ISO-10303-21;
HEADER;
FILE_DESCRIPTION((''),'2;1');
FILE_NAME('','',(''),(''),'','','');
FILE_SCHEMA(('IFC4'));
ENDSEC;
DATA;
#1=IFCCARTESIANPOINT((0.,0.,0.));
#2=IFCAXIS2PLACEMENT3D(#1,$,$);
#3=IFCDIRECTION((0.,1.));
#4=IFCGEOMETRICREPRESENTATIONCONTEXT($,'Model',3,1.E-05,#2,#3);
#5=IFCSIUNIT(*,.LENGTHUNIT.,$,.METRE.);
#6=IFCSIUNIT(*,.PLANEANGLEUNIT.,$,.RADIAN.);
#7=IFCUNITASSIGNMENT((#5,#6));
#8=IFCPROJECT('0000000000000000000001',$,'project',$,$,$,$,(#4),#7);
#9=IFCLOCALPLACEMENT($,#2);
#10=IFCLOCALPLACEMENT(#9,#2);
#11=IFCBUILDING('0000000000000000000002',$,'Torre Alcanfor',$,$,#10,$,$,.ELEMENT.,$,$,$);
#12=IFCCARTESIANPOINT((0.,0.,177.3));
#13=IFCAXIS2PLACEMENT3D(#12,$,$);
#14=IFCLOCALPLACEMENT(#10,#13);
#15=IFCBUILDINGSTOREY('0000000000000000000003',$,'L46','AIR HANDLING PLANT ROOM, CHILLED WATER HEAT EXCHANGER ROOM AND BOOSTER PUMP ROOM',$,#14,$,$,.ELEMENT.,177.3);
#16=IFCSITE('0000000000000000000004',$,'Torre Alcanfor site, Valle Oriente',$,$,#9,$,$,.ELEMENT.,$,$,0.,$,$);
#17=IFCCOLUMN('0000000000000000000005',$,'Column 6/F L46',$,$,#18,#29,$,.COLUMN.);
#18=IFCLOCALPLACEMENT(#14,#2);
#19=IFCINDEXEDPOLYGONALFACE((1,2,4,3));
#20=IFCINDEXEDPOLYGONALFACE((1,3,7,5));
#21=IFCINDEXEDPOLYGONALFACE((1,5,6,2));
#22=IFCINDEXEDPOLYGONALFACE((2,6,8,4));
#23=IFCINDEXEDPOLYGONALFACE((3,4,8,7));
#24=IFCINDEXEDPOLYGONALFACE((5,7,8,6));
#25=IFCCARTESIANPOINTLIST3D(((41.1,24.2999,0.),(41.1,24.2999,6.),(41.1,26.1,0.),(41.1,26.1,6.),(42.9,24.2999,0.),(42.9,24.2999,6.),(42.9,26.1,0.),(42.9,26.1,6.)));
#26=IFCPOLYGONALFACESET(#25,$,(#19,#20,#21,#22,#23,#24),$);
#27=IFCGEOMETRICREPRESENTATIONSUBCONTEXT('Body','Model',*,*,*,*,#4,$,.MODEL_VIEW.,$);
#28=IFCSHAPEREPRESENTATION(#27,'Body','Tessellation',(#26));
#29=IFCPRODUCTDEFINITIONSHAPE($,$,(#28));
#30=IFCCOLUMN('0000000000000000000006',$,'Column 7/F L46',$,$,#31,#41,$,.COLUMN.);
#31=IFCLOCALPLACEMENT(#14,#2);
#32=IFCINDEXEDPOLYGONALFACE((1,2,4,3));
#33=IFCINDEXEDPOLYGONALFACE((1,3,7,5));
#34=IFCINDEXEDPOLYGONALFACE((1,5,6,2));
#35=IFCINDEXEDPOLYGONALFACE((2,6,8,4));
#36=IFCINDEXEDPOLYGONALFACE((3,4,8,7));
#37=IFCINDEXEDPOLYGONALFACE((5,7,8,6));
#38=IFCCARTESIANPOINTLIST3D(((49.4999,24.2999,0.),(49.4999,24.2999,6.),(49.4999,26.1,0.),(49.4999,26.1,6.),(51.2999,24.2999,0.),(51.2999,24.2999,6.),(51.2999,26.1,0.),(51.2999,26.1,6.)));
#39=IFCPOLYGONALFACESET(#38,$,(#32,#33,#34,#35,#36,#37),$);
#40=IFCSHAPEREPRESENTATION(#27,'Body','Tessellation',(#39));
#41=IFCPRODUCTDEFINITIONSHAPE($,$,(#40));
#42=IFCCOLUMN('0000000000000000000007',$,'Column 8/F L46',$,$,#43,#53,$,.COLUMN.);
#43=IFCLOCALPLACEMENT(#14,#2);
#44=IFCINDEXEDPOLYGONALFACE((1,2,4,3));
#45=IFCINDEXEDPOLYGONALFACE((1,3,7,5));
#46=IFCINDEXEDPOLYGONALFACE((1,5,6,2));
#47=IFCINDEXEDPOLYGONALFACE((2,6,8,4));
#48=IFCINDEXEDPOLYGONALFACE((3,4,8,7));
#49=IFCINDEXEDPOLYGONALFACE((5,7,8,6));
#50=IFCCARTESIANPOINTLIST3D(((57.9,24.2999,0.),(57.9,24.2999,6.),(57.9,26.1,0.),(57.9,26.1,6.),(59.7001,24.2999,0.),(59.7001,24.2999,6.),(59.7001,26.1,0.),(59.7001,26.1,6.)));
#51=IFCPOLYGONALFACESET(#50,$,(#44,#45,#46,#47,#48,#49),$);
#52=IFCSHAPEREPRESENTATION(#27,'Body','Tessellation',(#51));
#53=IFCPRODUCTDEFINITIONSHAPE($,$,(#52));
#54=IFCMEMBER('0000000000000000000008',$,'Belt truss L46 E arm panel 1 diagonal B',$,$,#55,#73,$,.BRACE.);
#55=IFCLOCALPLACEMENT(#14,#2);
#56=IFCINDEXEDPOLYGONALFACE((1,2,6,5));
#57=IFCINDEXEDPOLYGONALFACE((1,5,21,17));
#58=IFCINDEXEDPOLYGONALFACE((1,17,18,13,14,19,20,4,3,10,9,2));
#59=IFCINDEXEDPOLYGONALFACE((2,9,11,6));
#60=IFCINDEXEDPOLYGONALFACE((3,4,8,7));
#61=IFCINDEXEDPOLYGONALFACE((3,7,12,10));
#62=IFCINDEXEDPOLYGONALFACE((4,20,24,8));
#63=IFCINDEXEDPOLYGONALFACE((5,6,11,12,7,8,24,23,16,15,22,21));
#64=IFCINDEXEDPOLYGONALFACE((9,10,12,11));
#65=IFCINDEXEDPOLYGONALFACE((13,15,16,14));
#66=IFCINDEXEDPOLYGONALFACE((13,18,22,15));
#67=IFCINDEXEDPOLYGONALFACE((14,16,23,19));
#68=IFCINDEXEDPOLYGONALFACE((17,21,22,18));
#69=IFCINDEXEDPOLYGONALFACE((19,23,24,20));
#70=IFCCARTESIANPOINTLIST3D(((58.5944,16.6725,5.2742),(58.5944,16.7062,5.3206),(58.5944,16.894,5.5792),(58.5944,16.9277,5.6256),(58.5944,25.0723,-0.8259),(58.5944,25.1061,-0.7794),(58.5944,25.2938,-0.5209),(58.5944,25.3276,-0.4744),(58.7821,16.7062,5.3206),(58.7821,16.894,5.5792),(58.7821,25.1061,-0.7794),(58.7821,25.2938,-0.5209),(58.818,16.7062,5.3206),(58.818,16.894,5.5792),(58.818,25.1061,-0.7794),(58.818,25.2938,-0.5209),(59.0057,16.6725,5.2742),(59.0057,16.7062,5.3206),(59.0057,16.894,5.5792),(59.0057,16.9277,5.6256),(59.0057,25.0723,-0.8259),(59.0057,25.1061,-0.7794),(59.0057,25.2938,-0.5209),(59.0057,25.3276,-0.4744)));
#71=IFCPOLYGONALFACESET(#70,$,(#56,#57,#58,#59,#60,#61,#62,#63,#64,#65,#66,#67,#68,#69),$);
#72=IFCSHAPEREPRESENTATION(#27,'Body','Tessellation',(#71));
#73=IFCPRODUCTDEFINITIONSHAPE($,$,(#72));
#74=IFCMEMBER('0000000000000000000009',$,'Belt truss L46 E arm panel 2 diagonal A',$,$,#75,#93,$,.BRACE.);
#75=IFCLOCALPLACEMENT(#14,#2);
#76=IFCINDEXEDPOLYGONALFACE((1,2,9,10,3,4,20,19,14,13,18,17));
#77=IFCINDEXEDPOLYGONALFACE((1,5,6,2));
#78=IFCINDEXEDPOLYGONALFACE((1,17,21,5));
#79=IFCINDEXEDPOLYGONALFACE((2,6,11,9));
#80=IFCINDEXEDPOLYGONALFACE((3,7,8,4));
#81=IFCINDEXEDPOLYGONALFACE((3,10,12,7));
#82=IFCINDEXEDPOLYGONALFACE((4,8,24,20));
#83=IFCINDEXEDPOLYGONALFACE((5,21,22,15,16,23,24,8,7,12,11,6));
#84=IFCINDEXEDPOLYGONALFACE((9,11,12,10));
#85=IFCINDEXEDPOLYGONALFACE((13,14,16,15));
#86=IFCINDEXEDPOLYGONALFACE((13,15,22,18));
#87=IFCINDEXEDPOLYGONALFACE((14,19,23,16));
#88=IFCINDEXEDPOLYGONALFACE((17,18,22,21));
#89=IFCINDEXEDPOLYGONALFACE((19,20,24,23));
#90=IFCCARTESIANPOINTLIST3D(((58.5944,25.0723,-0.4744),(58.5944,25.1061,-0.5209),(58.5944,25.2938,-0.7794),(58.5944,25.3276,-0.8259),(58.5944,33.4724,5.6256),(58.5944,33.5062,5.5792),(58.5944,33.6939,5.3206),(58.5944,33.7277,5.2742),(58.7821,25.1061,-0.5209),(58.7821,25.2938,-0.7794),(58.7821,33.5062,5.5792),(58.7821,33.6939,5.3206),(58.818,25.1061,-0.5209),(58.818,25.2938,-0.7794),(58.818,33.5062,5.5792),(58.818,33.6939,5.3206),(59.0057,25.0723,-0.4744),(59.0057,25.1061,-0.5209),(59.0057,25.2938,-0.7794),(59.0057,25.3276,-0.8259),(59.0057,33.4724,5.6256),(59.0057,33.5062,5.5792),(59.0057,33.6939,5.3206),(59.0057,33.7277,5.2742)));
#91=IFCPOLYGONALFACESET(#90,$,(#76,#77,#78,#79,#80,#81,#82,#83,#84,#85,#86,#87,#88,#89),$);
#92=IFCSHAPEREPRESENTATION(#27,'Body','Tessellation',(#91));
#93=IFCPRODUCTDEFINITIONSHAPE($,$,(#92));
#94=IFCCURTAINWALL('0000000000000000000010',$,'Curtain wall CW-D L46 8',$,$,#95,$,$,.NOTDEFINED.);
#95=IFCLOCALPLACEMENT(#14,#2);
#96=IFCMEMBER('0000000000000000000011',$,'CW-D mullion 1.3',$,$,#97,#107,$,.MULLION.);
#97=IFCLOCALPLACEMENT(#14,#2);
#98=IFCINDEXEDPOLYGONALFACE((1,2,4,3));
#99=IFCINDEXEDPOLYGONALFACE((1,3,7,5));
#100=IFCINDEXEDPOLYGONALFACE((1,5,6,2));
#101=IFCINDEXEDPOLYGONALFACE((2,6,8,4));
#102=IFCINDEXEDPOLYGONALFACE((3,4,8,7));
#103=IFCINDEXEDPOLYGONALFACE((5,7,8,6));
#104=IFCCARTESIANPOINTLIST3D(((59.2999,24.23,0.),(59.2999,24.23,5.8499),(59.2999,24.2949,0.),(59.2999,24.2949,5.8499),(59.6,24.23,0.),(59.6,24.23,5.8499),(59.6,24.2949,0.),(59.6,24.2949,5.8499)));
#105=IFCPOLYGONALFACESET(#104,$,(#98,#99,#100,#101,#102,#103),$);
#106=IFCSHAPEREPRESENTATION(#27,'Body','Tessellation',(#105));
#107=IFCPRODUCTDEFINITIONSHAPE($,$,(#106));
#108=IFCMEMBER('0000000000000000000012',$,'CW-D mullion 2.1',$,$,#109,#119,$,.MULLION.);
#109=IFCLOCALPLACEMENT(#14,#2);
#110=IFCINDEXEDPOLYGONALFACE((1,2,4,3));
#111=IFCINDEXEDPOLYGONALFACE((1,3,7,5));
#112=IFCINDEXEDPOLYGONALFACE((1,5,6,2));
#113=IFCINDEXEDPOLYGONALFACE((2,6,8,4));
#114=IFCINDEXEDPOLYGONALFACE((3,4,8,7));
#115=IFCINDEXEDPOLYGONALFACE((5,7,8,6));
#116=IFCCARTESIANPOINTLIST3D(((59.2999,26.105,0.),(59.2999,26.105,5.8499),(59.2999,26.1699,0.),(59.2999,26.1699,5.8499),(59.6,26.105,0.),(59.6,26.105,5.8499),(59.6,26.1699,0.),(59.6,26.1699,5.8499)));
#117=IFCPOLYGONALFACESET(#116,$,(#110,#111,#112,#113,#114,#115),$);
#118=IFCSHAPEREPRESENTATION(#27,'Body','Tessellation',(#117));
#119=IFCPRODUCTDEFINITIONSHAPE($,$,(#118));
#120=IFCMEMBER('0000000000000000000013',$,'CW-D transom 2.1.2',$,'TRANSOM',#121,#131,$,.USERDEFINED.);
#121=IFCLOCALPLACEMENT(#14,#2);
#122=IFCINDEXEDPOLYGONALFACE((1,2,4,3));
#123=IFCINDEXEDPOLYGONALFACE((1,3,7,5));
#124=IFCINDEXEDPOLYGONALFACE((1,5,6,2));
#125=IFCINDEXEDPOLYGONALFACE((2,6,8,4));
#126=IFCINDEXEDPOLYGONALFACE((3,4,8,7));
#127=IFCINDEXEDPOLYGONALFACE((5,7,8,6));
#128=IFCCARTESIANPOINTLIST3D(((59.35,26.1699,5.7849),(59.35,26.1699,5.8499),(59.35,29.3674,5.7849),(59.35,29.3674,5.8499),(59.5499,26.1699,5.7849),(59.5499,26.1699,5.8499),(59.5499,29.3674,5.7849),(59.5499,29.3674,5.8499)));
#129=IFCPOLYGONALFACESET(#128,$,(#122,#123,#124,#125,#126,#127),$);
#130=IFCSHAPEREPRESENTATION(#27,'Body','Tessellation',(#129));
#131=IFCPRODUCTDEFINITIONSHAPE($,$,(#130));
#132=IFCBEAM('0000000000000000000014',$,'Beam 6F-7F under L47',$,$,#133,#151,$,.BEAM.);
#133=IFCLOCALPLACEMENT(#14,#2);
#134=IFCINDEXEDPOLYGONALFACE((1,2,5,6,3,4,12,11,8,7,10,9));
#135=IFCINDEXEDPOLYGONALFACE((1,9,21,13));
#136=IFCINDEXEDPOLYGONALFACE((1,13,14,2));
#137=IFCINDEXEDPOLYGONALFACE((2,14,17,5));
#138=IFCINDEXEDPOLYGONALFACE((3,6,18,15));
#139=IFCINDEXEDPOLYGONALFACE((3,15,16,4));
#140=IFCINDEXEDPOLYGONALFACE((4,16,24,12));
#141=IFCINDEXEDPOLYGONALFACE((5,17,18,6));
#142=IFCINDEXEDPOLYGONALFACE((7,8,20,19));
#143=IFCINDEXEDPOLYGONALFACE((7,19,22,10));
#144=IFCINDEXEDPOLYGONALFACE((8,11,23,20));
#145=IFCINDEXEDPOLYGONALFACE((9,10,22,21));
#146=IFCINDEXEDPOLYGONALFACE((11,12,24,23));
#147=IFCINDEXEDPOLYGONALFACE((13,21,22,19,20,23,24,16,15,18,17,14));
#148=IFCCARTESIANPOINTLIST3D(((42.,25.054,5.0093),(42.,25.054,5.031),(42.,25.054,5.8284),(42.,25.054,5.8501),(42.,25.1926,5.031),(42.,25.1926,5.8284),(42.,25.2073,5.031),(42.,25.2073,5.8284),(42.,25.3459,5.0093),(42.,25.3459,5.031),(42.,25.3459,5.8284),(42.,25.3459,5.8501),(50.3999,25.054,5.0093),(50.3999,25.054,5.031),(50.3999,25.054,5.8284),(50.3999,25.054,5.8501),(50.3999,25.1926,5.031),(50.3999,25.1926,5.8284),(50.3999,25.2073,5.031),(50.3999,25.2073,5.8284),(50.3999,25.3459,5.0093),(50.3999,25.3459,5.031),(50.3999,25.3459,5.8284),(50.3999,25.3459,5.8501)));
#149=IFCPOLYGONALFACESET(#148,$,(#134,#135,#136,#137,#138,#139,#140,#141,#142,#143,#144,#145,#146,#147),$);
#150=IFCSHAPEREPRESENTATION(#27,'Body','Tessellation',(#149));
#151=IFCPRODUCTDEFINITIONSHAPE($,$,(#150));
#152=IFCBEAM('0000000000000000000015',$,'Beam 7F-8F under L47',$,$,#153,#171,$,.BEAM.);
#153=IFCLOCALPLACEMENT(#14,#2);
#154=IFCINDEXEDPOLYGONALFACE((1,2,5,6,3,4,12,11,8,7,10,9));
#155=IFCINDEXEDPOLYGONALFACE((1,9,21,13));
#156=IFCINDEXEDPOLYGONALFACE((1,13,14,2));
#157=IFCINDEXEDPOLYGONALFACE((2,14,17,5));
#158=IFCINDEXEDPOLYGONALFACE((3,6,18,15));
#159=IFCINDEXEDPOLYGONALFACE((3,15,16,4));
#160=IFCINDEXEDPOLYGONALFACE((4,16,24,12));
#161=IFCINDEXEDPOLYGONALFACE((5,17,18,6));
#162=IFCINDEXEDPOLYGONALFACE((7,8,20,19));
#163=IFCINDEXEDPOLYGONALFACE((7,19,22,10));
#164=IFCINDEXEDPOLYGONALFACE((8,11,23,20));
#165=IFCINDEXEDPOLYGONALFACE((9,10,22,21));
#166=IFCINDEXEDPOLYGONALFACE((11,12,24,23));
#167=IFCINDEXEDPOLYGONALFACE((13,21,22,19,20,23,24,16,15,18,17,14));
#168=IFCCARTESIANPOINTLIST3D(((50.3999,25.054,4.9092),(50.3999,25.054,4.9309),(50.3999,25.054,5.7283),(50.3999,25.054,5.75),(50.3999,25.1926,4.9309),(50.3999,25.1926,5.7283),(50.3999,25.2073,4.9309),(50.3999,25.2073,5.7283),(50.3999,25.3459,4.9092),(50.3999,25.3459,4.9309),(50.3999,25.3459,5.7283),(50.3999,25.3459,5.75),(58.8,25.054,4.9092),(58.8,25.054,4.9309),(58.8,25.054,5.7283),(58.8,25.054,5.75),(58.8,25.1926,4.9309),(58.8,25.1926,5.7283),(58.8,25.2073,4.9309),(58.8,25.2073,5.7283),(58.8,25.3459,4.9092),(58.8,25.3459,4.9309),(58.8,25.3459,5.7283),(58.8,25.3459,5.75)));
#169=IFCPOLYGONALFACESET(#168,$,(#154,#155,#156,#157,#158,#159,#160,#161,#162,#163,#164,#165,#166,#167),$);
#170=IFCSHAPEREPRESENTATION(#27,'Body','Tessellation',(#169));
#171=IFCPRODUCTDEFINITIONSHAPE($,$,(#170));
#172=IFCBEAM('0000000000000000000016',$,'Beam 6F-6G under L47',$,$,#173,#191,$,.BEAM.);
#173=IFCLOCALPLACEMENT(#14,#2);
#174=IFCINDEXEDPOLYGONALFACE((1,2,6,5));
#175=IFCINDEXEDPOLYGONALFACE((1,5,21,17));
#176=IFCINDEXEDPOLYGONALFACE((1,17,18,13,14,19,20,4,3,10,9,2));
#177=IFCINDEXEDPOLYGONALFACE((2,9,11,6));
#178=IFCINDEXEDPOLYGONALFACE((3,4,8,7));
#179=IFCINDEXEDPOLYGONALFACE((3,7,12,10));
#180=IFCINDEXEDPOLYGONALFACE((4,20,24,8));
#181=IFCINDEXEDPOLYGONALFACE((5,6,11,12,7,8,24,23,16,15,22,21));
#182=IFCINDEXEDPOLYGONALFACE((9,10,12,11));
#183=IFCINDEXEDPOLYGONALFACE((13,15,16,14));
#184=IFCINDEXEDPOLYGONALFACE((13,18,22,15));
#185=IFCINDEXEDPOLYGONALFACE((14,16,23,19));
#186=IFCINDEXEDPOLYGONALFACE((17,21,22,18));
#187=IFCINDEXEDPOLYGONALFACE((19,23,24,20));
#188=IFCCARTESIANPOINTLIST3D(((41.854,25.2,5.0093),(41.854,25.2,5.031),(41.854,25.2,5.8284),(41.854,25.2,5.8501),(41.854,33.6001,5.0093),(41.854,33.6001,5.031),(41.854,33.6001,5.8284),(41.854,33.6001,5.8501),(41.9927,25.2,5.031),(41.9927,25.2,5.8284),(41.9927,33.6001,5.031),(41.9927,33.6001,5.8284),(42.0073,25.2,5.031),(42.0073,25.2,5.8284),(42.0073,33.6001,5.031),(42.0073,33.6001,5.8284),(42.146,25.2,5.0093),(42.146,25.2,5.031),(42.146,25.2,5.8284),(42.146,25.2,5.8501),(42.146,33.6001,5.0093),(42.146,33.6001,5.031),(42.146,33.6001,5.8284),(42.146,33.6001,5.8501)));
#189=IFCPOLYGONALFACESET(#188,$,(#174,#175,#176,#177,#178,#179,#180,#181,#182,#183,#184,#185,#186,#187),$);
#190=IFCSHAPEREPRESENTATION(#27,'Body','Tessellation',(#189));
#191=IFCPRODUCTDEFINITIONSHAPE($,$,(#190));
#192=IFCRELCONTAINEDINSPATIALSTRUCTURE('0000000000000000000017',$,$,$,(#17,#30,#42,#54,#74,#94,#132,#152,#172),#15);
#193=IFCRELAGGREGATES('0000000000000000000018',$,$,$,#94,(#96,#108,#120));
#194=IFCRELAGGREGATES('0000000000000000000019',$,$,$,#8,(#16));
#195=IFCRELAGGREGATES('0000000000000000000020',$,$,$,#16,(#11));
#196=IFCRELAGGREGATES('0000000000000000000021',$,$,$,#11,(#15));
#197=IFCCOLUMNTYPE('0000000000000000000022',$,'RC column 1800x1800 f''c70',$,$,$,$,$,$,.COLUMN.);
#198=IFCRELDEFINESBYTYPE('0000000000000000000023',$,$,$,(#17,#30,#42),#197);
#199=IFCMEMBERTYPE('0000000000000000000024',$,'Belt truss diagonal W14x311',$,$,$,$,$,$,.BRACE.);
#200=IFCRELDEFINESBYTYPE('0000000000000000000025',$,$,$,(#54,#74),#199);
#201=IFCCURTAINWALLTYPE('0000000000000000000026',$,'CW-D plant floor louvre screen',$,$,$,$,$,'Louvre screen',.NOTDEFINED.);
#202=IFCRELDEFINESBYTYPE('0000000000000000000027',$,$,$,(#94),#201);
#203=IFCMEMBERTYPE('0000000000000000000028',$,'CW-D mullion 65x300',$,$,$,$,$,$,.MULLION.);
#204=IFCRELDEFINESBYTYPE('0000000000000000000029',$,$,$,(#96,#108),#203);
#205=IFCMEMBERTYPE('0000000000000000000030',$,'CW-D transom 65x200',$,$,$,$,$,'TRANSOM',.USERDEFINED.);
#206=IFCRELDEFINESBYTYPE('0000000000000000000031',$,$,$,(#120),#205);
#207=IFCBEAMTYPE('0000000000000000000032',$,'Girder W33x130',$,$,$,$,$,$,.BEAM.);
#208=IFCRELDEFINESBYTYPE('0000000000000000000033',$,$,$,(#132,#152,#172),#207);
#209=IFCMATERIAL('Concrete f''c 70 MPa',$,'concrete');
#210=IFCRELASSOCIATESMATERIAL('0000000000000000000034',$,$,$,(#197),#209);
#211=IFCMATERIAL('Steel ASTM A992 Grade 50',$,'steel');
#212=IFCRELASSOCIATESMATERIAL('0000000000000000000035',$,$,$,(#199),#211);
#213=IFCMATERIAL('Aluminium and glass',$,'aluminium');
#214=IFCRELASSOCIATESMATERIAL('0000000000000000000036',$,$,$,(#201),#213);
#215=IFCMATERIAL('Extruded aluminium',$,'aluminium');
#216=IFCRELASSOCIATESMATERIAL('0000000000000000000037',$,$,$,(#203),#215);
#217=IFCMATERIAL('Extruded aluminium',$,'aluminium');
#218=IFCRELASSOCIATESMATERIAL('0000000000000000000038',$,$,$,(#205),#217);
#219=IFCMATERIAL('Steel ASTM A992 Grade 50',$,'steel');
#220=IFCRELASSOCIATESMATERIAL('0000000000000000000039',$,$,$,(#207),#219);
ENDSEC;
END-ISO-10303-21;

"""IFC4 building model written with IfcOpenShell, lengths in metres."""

from ifc_helpers import new_model, si_unit, direction, frame, origin, origin_2d, place, context, subcontext, project, spatial, rectangle, i_section, extrude, material, material_profile, profile_set, type_object, element, aggregate, save


model = new_model("IFC4")

# Units and contexts
model_context = context("Model", 3, precision=1e-05, world=origin(), true_north=direction((0.0, 1.0)))
body_context = subcontext(model_context, "Body", "Model", "MODEL_VIEW")
ifc_project = project(units=[si_unit("LENGTHUNIT", "METRE"), si_unit("PLANEANGLEUNIT", "RADIAN")], contexts=[model_context])

# Site, building, storey
site_placement = place(None, origin())
site = spatial("IfcSite", under=ifc_project, at=site_placement, Name="Torre Alcanfor site, Valle Oriente", CompositionType="ELEMENT", RefElevation=0.0)
building_placement = place(site_placement, origin())
building = spatial("IfcBuilding", under=site, at=building_placement, Name="Torre Alcanfor", CompositionType="ELEMENT")
storey_placement = place(building_placement, frame((0.0, 0.0, 177.3)))
storey = spatial("IfcBuildingStorey", under=building, at=storey_placement, Name="L46", Description="AIR HANDLING PLANT ROOM, CHILLED WATER HEAT EXCHANGER ROOM AND BOOSTER PUMP ROOM", CompositionType="ELEMENT", Elevation=177.3)

# Columns
ifc_material_1 = material(Name="Concrete f'c 70 MPa", Category="concrete")
ifc_material_profile_1 = material_profile(ifc_material_1, rectangle(XDim=1.8, YDim=1.8, at=origin_2d()), Name="1800x1800")
ifc_profile_set_1 = profile_set([ifc_material_profile_1], Name="Concrete f'c 70 MPa")
column_type = type_object("IfcColumnType", Name="RC column 1800x1800 f'c70", PredefinedType="COLUMN", material=ifc_profile_set_1)
for number, where, z_axis, x_axis, name in (
    (1, (42.0, 25.2, 0.0), (0.0, 0.0, 1.0), (1.0, 0.0, 0.0), "Column 6/F L46"),
    (2, (50.3999, 25.2, 0.0), (0.0, 0.0, 1.0), (1.0, 0.0, 0.0), "Column 7/F L46"),
    (3, (58.8, 25.2, 0.0), (0.0, 0.0, 1.0), (1.0, 0.0, 0.0), "Column 8/F L46"),
):
    element("IfcColumn", number, at=place(storey_placement, frame(where, z_axis=z_axis, x_axis=x_axis)), inside=storey, type_object=column_type, Name=name, PredefinedType="COLUMN", context=body_context, shape_type="SweptSolid", body=[
        extrude(rectangle(XDim=1.8, YDim=1.8, at=origin_2d()), origin(), (0.0, 0.0, 1.0), 6.0),
    ])

# Members
ifc_material_2 = material(Name="Steel ASTM A992 Grade 50", Category="steel")
ifc_material_profile_2 = material_profile(ifc_material_2, i_section(OverallWidth=0.4114, OverallDepth=0.4343, WebThickness=0.0359, FlangeThickness=0.0574, at=origin_2d()), Name="W14x311")
ifc_profile_set_2 = profile_set([ifc_material_profile_2], Name="Steel ASTM A992 Grade 50")
member_type_1 = type_object("IfcMemberType", Name="Belt truss diagonal W14x311", PredefinedType="BRACE", material=ifc_profile_set_2)
member_1_placement = place(storey_placement, frame((58.8, 25.2, -0.6501), z_axis=(0.0, -0.809145, 0.587609), x_axis=(1.0, 0.0, 0.0)))
element("IfcMember", 4, at=member_1_placement, inside=storey, type_object=member_type_1, Name="Belt truss L46 E arm panel 1 diagonal B", PredefinedType="BRACE", context=body_context, shape_type="SweptSolid", body=[
    extrude(i_section(OverallWidth=0.4114, OverallDepth=0.4343, WebThickness=0.0359, FlangeThickness=0.0574, at=origin_2d()), origin(), (0.0, 0.0, 1.0), 10.3811),
])
member_2_placement = place(storey_placement, frame((58.8, 25.2, -0.6501), z_axis=(0.0, 0.809153, 0.587598), x_axis=(-1.0, 0.0, 0.0)))
element("IfcMember", 5, at=member_2_placement, inside=storey, type_object=member_type_1, Name="Belt truss L46 E arm panel 2 diagonal A", PredefinedType="BRACE", context=body_context, shape_type="SweptSolid", body=[
    extrude(i_section(OverallWidth=0.4114, OverallDepth=0.4343, WebThickness=0.0359, FlangeThickness=0.0574, at=origin_2d()), origin(), (0.0, 0.0, 1.0), 10.3813),
])

# Curtain wall, members
ifc_material_3 = material(Name="Aluminium and glass", Category="aluminium")
curtain_wall_type = type_object("IfcCurtainWallType", Name="CW-D plant floor louvre screen", ElementType="Louvre screen", PredefinedType="NOTDEFINED", material=ifc_material_3)
curtain_wall_placement = place(storey_placement, origin())
curtain_wall = element("IfcCurtainWall", 6, at=curtain_wall_placement, inside=storey, type_object=curtain_wall_type, Name="Curtain wall CW-D L46 8", PredefinedType="NOTDEFINED")
ifc_material_4 = material(Name="Extruded aluminium", Category="aluminium")
ifc_material_profile_3 = material_profile(ifc_material_4, rectangle(XDim=0.3, YDim=0.0649, at=origin_2d()), Name="CW-D mullion 65x300")
ifc_profile_set_3 = profile_set([ifc_material_profile_3], Name="Extruded aluminium")
member_type_2 = type_object("IfcMemberType", Name="CW-D mullion 65x300", PredefinedType="MULLION", material=ifc_profile_set_3)
member_3_placement = place(storey_placement, frame((59.45, 24.2625, 0.0), z_axis=(0.0, 0.0, 1.0), x_axis=(-1.0, 0.0, 0.0)))
member_3 = element("IfcMember", 7, at=member_3_placement, type_object=member_type_2, Name="CW-D mullion 1.3", PredefinedType="MULLION", context=body_context, shape_type="SweptSolid", body=[
    extrude(rectangle(XDim=0.3, YDim=0.0649, at=origin_2d()), origin(), (0.0, 0.0, 1.0), 5.8499),
])
member_4_placement = place(storey_placement, frame((59.45, 26.1375, 0.0), z_axis=(0.0, 0.0, 1.0), x_axis=(-1.0, 0.0, 0.0)))
member_4 = element("IfcMember", 8, at=member_4_placement, type_object=member_type_2, Name="CW-D mullion 2.1", PredefinedType="MULLION", context=body_context, shape_type="SweptSolid", body=[
    extrude(rectangle(XDim=0.3, YDim=0.0649, at=origin_2d()), origin(), (0.0, 0.0, 1.0), 5.8499),
])
ifc_material_5 = material(Name="Extruded aluminium", Category="aluminium")
ifc_material_profile_4 = material_profile(ifc_material_5, rectangle(XDim=0.2, YDim=0.0649, at=origin_2d()), Name="CW-D transom 200x65")
ifc_profile_set_4 = profile_set([ifc_material_profile_4], Name="Extruded aluminium")
member_type_3 = type_object("IfcMemberType", Name="CW-D transom 65x200", ElementType="TRANSOM", PredefinedType="USERDEFINED", material=ifc_profile_set_4)
member_5_placement = place(storey_placement, frame((59.45, 26.1699, 5.8174), z_axis=(0.0, 1.0, 0.0), x_axis=(-1.0, 0.0, 0.0)))
member_5 = element("IfcMember", 9, at=member_5_placement, type_object=member_type_3, Name="CW-D transom 2.1.2", ObjectType="TRANSOM", PredefinedType="USERDEFINED", context=body_context, shape_type="SweptSolid", body=[
    extrude(rectangle(XDim=0.2, YDim=0.0649, at=origin_2d()), origin(), (0.0, 0.0, 1.0), 3.1975),
])

# Beams
ifc_material_6 = material(Name="Steel ASTM A992 Grade 50", Category="steel")
ifc_material_profile_5 = material_profile(ifc_material_6, i_section(OverallWidth=0.292, OverallDepth=0.8408, WebThickness=0.0146, FlangeThickness=0.0217, at=origin_2d()), Name="W33x130")
ifc_profile_set_5 = profile_set([ifc_material_profile_5], Name="Steel ASTM A992 Grade 50")
beam_type_1 = type_object("IfcBeamType", Name="Girder W33x130", PredefinedType="BEAM", material=ifc_profile_set_5)
beam_1_placement = place(storey_placement, frame((42.0, 25.2, 5.4297), z_axis=(1.0, 0.0, 0.0), x_axis=(0.0, 1.0, 0.0)))
element("IfcBeam", 10, at=beam_1_placement, inside=storey, type_object=beam_type_1, Name="Beam 6F-7F under L47", PredefinedType="BEAM", context=body_context, shape_type="SweptSolid", body=[
    extrude(i_section(OverallWidth=0.292, OverallDepth=0.8408, WebThickness=0.0146, FlangeThickness=0.0217, at=origin_2d()), origin(), (0.0, 0.0, 1.0), 8.3999),
])
for number, where, z_axis, x_axis, name in (
    (11, (50.3999, 25.2, 5.3296), (1.0, 0.0, 0.0), (0.0, 1.0, 0.0), "Beam 7F-8F under L47"),
    (12, (42.0, 25.2, 5.4297), (0.0, 1.0, 0.0), (-1.0, 0.0, 0.0), "Beam 6F-6G under L47"),
):
    element("IfcBeam", number, at=place(storey_placement, frame(where, z_axis=z_axis, x_axis=x_axis)), inside=storey, type_object=beam_type_1, Name=name, PredefinedType="BEAM", context=body_context, shape_type="SweptSolid", body=[
        extrude(i_section(OverallWidth=0.292, OverallDepth=0.8408, WebThickness=0.0146, FlangeThickness=0.0217, at=origin_2d()), origin(), (0.0, 0.0, 1.0), 8.4001),
    ])

aggregate(curtain_wall, [member_3, member_4, member_5])

save(model, "model.ifc")
